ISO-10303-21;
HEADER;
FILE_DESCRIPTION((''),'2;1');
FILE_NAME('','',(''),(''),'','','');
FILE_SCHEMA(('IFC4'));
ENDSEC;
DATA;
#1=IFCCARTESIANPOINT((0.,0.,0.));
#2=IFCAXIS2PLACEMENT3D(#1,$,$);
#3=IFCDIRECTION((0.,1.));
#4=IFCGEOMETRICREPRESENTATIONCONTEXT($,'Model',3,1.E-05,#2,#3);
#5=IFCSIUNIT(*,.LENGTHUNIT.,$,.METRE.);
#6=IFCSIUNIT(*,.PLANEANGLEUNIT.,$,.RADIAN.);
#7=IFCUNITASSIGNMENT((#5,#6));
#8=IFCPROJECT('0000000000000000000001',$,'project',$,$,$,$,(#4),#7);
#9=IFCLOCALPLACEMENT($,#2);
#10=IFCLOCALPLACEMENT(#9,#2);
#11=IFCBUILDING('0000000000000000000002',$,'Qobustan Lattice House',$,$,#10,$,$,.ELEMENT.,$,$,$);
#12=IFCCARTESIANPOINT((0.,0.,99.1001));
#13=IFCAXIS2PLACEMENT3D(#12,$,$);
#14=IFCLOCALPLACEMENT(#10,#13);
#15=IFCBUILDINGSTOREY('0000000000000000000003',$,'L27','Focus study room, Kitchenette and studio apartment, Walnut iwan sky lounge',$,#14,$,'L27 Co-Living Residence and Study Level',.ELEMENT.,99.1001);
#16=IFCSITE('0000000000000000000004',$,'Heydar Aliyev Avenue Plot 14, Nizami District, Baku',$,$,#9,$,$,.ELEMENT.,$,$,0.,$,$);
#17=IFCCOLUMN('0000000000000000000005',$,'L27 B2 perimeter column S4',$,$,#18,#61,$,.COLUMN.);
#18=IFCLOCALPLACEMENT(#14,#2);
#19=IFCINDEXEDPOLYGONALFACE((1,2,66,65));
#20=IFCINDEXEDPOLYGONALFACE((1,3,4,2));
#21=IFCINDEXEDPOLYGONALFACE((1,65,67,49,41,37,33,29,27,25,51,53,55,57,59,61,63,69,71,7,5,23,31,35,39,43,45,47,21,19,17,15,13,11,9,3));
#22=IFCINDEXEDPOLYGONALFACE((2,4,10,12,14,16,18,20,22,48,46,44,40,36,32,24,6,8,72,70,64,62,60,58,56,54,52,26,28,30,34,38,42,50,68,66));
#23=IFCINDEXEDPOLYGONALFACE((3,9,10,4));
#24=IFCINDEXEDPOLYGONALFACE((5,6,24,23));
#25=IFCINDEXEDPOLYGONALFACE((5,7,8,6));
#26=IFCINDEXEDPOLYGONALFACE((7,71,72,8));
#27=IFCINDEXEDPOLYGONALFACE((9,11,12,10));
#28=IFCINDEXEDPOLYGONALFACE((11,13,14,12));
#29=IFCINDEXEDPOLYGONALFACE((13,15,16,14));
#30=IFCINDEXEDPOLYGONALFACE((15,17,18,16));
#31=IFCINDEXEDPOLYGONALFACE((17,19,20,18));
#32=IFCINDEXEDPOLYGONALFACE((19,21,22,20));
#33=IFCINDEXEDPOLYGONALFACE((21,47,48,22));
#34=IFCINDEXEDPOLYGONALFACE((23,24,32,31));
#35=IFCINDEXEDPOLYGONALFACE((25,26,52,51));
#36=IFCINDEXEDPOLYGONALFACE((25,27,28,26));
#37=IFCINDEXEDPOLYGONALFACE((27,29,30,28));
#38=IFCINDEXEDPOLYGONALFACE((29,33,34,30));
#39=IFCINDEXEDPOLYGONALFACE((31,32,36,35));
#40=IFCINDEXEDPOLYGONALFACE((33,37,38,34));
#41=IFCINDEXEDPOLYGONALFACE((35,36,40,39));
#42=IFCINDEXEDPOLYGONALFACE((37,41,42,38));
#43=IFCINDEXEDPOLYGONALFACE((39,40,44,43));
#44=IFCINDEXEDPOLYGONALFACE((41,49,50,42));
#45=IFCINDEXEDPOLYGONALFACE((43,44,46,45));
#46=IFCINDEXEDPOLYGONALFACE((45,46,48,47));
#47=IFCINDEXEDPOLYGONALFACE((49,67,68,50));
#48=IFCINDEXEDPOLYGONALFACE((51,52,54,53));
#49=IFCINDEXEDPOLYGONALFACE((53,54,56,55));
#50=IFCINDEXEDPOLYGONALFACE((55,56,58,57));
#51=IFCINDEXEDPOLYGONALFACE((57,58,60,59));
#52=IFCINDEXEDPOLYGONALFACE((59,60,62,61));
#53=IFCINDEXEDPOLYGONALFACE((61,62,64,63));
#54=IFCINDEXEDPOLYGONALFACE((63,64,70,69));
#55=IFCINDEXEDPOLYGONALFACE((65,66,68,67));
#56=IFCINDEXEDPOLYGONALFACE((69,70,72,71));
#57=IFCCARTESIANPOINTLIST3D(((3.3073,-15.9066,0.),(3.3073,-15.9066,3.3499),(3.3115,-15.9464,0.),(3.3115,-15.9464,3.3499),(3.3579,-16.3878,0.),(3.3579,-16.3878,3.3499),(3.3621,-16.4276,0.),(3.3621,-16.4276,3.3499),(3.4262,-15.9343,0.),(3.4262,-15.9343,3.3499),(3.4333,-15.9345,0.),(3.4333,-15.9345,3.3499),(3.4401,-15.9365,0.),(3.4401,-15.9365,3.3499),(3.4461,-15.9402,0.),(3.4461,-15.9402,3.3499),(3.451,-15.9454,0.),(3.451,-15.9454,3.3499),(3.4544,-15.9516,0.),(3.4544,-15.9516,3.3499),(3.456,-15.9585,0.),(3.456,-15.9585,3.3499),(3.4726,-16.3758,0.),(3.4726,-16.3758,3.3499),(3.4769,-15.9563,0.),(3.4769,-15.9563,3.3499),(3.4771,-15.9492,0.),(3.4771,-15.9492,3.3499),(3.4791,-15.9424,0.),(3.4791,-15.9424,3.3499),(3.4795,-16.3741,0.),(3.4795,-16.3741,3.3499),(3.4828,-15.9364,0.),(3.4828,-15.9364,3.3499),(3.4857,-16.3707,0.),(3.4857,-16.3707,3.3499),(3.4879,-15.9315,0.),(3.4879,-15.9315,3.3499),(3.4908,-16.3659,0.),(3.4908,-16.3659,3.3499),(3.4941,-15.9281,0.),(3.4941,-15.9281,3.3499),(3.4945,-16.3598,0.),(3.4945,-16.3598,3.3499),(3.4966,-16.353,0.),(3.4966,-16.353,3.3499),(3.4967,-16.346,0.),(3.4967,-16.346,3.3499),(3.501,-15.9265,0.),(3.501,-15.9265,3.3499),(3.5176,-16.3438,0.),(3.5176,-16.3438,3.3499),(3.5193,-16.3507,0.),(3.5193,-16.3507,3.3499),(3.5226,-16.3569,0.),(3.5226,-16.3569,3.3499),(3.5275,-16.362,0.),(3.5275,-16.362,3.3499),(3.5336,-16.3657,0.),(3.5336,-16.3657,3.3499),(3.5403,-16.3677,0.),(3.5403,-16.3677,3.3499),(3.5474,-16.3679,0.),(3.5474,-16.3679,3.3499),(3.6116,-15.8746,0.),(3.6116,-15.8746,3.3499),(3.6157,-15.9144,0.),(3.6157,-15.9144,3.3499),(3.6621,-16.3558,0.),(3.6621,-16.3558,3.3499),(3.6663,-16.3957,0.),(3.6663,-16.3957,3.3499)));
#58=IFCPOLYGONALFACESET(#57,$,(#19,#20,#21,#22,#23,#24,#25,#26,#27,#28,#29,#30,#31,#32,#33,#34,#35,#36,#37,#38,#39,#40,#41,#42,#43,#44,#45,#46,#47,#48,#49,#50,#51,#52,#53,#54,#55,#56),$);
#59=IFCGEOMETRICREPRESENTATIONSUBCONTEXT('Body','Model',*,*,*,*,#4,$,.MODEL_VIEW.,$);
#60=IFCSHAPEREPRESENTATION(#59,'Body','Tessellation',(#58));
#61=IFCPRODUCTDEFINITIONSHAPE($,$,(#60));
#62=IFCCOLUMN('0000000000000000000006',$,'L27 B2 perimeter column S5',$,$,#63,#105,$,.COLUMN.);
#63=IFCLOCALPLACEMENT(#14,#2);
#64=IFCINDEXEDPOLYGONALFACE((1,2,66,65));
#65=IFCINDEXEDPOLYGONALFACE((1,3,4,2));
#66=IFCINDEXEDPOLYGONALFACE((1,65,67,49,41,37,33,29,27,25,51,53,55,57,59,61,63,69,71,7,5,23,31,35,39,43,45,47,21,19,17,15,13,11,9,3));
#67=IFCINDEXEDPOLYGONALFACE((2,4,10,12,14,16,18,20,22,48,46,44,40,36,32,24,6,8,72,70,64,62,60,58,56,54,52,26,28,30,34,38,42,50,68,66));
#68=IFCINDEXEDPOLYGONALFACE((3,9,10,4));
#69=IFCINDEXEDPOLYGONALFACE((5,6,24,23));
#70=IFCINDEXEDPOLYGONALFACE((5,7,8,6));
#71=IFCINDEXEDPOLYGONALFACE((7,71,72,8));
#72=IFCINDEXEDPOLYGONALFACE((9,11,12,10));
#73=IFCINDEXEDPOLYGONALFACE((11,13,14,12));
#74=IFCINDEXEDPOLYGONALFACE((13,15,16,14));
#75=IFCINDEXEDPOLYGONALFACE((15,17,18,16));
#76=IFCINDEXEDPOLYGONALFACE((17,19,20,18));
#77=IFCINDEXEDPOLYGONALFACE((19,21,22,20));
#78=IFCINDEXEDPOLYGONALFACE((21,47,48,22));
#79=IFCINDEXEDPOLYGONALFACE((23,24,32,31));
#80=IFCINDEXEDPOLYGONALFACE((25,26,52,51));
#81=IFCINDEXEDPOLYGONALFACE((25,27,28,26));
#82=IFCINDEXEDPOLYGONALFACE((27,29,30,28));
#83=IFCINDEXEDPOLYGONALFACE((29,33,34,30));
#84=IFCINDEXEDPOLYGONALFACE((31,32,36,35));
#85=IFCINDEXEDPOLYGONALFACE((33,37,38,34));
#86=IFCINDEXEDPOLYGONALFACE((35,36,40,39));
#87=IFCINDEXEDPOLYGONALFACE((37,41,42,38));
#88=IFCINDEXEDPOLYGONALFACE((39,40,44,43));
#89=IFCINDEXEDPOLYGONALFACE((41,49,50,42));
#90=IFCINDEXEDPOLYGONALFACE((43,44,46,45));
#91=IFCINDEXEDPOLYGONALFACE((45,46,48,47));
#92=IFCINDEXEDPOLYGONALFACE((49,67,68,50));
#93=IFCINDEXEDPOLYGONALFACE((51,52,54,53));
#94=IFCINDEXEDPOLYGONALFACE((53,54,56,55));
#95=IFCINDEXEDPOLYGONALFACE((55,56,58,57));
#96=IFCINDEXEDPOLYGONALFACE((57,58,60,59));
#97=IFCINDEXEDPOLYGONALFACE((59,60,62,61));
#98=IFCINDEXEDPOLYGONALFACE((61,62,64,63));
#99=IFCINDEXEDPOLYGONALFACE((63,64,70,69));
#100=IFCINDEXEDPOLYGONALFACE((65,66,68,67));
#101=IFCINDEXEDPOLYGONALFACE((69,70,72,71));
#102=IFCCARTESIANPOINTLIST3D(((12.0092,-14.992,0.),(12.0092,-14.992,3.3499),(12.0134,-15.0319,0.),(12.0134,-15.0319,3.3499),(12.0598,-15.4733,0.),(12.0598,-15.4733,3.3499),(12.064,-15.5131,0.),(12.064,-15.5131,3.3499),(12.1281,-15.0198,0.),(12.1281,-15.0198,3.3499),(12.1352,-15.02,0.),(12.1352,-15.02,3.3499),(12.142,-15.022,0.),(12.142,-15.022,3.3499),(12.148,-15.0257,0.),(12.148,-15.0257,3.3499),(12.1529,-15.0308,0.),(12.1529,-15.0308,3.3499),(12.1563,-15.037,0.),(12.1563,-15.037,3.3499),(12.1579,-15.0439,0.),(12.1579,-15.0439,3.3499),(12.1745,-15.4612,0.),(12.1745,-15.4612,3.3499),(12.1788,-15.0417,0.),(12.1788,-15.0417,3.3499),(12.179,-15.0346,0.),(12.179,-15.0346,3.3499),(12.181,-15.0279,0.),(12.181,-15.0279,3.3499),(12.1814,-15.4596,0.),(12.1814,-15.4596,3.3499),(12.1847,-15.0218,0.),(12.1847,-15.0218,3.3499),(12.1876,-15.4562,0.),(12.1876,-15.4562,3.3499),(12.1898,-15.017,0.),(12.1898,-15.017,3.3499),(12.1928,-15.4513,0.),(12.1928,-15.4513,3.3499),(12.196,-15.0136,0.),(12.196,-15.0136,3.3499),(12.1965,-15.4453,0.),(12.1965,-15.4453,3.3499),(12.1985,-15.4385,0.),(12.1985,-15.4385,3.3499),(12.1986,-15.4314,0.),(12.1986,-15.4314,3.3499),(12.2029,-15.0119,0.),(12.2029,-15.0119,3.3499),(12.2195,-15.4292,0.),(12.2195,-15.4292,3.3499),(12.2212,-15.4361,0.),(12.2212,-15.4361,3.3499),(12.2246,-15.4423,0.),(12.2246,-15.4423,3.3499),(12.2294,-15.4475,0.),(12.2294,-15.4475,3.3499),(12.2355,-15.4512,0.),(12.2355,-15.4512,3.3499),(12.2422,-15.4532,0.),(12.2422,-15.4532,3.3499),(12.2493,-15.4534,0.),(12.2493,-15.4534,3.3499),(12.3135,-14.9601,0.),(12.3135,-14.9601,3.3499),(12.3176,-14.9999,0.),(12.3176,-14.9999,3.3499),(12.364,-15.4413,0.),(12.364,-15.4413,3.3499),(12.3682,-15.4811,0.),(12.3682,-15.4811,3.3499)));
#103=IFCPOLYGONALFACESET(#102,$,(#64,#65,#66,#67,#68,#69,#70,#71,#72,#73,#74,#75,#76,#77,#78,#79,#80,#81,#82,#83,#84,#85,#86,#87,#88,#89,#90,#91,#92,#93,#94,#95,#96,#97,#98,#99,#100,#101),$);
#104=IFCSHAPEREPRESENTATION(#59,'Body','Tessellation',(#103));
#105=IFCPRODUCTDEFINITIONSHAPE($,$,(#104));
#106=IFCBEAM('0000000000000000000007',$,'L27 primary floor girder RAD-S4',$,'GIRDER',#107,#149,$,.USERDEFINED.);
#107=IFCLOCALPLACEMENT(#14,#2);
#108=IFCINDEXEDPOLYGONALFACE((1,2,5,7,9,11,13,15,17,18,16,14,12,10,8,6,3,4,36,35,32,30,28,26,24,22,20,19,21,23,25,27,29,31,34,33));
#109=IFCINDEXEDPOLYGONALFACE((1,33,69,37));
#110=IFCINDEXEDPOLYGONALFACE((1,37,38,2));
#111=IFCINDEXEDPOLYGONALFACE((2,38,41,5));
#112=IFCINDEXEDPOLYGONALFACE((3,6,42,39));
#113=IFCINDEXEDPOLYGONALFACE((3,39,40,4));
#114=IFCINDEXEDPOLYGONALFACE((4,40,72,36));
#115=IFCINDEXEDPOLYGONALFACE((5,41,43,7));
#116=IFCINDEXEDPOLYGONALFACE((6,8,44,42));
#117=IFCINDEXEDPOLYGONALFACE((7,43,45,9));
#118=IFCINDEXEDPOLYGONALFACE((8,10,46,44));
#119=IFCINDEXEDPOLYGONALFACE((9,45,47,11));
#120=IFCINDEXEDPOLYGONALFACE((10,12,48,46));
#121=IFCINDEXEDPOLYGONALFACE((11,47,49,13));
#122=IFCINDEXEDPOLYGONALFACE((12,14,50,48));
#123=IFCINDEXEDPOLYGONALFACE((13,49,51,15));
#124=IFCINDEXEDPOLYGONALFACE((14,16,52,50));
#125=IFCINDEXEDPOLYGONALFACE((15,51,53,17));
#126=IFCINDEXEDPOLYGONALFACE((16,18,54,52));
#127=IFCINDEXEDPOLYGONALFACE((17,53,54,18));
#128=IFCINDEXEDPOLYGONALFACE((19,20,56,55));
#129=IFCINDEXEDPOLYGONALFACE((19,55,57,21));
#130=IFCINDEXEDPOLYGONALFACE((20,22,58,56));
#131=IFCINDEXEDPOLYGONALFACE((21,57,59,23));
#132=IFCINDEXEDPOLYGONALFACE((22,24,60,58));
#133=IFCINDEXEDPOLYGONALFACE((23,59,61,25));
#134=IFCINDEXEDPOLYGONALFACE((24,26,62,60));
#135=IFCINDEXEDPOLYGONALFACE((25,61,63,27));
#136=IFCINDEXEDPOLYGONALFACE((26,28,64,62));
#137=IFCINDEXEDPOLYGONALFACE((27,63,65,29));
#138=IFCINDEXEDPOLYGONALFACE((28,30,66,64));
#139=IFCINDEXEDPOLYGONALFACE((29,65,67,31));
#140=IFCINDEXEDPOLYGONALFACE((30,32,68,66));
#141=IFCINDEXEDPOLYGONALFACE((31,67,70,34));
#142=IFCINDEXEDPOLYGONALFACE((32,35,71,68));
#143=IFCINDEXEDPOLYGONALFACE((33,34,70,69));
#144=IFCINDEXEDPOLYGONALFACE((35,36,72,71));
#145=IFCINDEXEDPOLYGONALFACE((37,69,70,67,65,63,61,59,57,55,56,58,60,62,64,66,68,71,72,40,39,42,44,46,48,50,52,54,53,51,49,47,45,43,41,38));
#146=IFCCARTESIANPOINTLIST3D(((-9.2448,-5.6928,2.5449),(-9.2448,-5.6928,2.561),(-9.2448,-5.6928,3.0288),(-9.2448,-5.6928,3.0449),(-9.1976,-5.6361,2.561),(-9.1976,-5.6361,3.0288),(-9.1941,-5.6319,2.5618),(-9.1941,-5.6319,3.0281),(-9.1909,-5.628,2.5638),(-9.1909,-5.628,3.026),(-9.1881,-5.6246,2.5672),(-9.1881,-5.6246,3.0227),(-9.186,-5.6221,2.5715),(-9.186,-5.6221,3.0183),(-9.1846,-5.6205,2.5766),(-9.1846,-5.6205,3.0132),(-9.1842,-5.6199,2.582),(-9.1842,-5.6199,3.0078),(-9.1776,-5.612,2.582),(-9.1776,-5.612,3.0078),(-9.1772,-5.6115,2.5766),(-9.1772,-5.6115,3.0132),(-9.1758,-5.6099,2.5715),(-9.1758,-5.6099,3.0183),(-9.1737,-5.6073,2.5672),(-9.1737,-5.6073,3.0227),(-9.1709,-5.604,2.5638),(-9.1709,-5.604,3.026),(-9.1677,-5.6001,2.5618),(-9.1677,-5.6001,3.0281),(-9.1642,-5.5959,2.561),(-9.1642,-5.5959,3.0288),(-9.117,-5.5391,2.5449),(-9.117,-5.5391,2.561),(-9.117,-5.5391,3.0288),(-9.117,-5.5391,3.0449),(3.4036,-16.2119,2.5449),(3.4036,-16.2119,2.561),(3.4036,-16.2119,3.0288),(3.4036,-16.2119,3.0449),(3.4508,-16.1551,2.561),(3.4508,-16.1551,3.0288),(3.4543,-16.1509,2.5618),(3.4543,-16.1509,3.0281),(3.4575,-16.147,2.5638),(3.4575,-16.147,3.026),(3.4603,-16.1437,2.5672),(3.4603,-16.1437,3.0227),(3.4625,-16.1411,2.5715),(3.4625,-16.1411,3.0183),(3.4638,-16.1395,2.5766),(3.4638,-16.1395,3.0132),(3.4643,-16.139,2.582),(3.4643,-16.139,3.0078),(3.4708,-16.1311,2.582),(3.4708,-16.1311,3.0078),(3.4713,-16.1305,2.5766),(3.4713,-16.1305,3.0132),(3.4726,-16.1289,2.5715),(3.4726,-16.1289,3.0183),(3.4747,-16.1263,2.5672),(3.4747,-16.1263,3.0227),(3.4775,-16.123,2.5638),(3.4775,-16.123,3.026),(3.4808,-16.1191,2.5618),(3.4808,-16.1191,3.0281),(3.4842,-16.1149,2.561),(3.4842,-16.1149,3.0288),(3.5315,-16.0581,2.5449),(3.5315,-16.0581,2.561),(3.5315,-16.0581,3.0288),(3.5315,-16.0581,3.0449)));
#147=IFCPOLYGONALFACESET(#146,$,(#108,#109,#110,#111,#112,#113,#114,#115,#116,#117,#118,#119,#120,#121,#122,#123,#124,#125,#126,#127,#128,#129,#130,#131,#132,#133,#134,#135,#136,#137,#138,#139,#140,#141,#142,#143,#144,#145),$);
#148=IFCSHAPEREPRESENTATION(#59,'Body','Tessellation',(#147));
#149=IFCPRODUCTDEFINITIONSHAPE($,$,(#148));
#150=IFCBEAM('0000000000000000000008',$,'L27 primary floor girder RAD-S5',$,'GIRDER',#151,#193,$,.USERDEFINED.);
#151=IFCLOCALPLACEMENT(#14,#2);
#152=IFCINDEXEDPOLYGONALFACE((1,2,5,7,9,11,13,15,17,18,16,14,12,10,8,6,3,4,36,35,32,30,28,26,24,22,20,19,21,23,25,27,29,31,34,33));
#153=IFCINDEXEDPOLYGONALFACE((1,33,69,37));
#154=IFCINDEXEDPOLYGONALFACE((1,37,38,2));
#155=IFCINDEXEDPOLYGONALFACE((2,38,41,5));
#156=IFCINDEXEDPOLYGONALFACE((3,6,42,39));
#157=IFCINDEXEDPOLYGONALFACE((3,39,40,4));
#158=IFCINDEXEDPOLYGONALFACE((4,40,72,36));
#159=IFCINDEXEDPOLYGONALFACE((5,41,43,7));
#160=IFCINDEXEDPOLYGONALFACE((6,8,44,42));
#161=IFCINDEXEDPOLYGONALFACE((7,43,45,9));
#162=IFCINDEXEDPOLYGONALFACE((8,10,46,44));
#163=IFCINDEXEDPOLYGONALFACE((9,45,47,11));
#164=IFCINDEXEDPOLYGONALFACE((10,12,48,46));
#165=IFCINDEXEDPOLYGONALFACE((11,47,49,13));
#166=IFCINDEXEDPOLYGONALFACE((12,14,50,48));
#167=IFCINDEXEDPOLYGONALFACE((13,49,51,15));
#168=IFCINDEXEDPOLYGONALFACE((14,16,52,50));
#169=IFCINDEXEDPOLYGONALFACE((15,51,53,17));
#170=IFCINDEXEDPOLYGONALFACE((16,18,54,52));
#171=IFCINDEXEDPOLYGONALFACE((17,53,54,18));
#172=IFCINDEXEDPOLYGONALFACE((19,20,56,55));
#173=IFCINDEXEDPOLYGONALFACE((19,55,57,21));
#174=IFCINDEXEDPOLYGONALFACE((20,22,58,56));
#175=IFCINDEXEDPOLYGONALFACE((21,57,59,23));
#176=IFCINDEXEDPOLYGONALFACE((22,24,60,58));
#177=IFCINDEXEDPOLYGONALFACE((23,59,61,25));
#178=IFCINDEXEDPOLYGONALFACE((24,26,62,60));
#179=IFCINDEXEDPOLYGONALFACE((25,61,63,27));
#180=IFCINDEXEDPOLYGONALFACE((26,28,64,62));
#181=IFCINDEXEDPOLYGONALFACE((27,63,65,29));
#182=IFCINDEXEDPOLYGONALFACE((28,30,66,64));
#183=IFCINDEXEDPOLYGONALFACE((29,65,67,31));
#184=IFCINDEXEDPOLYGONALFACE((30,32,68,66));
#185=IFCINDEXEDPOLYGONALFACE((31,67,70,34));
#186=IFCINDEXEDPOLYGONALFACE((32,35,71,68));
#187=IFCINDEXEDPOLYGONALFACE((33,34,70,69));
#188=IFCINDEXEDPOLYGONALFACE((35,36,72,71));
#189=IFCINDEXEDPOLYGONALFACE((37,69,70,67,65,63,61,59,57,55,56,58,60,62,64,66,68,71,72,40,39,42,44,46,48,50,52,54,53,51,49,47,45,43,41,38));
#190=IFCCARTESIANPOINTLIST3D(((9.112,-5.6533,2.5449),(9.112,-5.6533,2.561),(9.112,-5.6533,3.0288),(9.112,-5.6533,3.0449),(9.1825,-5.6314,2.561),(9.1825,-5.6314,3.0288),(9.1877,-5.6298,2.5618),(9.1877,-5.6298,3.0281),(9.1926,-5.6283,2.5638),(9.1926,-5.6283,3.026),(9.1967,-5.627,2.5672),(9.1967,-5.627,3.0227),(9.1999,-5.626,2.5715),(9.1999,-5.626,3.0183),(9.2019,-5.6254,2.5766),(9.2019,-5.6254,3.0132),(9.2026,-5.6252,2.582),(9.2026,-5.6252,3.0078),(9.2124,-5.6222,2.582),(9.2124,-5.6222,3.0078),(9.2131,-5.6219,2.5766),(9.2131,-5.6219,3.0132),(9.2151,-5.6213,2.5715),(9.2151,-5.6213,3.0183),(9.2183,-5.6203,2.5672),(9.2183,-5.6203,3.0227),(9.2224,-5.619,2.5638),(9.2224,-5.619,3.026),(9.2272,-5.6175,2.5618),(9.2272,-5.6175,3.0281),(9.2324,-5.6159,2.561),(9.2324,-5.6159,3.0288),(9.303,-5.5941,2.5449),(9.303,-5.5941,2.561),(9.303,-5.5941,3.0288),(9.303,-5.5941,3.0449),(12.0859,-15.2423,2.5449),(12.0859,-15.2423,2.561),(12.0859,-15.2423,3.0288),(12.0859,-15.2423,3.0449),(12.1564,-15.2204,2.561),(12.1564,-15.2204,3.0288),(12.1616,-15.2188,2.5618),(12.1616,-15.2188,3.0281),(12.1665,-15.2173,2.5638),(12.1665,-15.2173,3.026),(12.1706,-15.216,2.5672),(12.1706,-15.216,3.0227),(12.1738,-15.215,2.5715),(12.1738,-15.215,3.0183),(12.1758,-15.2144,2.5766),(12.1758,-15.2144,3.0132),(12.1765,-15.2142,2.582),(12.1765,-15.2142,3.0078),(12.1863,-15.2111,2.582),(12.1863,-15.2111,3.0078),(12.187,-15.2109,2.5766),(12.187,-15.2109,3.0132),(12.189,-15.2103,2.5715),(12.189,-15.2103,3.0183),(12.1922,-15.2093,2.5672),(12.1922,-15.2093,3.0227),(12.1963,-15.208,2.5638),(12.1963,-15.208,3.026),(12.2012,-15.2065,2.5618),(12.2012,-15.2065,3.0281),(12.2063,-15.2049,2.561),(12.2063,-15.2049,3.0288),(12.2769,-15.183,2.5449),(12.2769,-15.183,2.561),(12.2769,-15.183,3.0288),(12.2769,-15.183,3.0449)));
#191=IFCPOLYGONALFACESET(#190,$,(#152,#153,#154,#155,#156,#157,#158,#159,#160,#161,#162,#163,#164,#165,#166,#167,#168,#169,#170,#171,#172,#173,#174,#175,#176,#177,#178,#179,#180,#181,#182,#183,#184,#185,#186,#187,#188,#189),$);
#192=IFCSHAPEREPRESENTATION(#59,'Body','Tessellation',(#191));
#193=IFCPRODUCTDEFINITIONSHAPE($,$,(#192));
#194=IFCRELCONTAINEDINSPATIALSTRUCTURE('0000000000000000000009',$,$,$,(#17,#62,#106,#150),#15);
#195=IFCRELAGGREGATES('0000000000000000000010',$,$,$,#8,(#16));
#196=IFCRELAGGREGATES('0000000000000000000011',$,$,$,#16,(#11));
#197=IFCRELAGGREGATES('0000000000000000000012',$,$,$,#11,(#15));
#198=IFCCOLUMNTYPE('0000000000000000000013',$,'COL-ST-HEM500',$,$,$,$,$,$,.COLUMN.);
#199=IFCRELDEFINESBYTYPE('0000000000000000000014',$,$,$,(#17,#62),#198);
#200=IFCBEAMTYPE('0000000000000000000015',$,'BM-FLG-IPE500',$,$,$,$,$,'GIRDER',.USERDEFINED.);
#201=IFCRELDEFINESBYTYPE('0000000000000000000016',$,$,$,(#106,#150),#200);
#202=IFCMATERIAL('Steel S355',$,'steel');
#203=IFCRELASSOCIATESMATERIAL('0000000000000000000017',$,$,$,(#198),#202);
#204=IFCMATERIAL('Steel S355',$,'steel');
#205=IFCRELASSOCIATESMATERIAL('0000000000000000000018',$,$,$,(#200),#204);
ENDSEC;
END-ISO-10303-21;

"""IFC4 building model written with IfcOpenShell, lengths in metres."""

from ifc_helpers import new_model, si_unit, direction, frame, origin, origin_2d, place, context, subcontext, project, spatial, i_section, extrude, material, material_profile, profile_set, type_object, element, save


model = new_model("IFC4")

# Units and contexts
model_context = context("Model", 3, precision=1e-05, world=origin(), true_north=direction((0.0, 1.0)))
body_context = subcontext(model_context, "Body", "Model", "MODEL_VIEW")
ifc_project = project(units=[si_unit("LENGTHUNIT", "METRE"), si_unit("PLANEANGLEUNIT", "RADIAN")], contexts=[model_context])

# Site, building, storey
site_placement = place(None, origin())
site = spatial("IfcSite", under=ifc_project, at=site_placement, Name="Heydar Aliyev Avenue Plot 14, Nizami District, Baku", CompositionType="ELEMENT", RefElevation=0.0)
building_placement = place(site_placement, origin())
building = spatial("IfcBuilding", under=site, at=building_placement, Name="Qobustan Lattice House", CompositionType="ELEMENT")
storey_placement = place(building_placement, frame((0.0, 0.0, 99.1001)))
storey = spatial("IfcBuildingStorey", under=building, at=storey_placement, Name="L27", Description="Focus study room, Kitchenette and studio apartment, Walnut iwan sky lounge", LongName="L27 Co-Living Residence and Study Level", CompositionType="ELEMENT", Elevation=99.1001)

# Columns
ifc_material_1 = material(Name="Steel S355", Category="steel")
ifc_material_profile_1 = material_profile(ifc_material_1, i_section(OverallWidth=0.3059, OverallDepth=0.5239, WebThickness=0.021, FlangeThickness=0.04, FilletRadius=0.0271, at=origin_2d()), Name="HEM500")
ifc_profile_set_1 = profile_set([ifc_material_profile_1], Name="Steel S355")
column_type = type_object("IfcColumnType", Name="COL-ST-HEM500", PredefinedType="COLUMN", material=ifc_profile_set_1)
for number, where, z_axis, x_axis, name in (
    (1, (3.4868, -16.1511, 0.0), (0.0, 0.0, 1.0), (0.994522, 0.104528, 0.0), "L27 B2 perimeter column S4"),
    (2, (12.1887, -15.2366, 0.0), (0.0, 0.0, 1.0), (0.994522, 0.104528, 0.0), "L27 B2 perimeter column S5"),
):
    element("IfcColumn", number, at=place(storey_placement, frame(where, z_axis=z_axis, x_axis=x_axis)), inside=storey, type_object=column_type, Name=name, PredefinedType="COLUMN", context=body_context, shape_type="SweptSolid", body=[
        extrude(i_section(OverallWidth=0.3059, OverallDepth=0.5239, WebThickness=0.021, FlangeThickness=0.04, FilletRadius=0.0271, at=origin_2d()), origin(), (0.0, 0.0, 1.0), 3.3499),
    ])

# Beams
ifc_material_2 = material(Name="Steel S355", Category="steel")
ifc_material_profile_2 = material_profile(ifc_material_2, i_section(OverallWidth=0.2, OverallDepth=0.5, WebThickness=0.0103, FlangeThickness=0.0161, FilletRadius=0.021, at=origin_2d()), Name="IPE500")
ifc_profile_set_2 = profile_set([ifc_material_profile_2], Name="Steel S355")
beam_type_1 = type_object("IfcBeamType", Name="BM-FLG-IPE500", ElementType="GIRDER", PredefinedType="USERDEFINED", material=ifc_profile_set_2)
beam_1_placement = place(storey_placement, frame((3.4675, -16.135, 2.7949), z_axis=(-0.768858, 0.639419, 0.0), x_axis=(-0.639419, -0.768858, 0.0)))
element("IfcBeam", 3, at=beam_1_placement, inside=storey, type_object=beam_type_1, Name="L27 primary floor girder RAD-S4", ObjectType="GIRDER", PredefinedType="USERDEFINED", context=body_context, shape_type="SweptSolid", body=[
    extrude(i_section(OverallWidth=0.2, OverallDepth=0.5, WebThickness=0.0103, FlangeThickness=0.0161, FilletRadius=0.021, at=origin_2d()), origin(), (0.0, 0.0, 1.0), 16.4509),
])
beam_2_placement = place(storey_placement, frame((12.1814, -15.2126, 2.7949), z_axis=(-0.296219, 0.95512, 0.0), x_axis=(-0.95512, -0.296219, 0.0)))
element("IfcBeam", 4, at=beam_2_placement, inside=storey, type_object=beam_type_1, Name="L27 primary floor girder RAD-S5", ObjectType="GIRDER", PredefinedType="USERDEFINED", context=body_context, shape_type="SweptSolid", body=[
    extrude(i_section(OverallWidth=0.2, OverallDepth=0.5, WebThickness=0.0103, FlangeThickness=0.0161, FilletRadius=0.021, at=origin_2d()), origin(), (0.0, 0.0, 1.0), 10.0396),
])

save(model, "model.ifc")
